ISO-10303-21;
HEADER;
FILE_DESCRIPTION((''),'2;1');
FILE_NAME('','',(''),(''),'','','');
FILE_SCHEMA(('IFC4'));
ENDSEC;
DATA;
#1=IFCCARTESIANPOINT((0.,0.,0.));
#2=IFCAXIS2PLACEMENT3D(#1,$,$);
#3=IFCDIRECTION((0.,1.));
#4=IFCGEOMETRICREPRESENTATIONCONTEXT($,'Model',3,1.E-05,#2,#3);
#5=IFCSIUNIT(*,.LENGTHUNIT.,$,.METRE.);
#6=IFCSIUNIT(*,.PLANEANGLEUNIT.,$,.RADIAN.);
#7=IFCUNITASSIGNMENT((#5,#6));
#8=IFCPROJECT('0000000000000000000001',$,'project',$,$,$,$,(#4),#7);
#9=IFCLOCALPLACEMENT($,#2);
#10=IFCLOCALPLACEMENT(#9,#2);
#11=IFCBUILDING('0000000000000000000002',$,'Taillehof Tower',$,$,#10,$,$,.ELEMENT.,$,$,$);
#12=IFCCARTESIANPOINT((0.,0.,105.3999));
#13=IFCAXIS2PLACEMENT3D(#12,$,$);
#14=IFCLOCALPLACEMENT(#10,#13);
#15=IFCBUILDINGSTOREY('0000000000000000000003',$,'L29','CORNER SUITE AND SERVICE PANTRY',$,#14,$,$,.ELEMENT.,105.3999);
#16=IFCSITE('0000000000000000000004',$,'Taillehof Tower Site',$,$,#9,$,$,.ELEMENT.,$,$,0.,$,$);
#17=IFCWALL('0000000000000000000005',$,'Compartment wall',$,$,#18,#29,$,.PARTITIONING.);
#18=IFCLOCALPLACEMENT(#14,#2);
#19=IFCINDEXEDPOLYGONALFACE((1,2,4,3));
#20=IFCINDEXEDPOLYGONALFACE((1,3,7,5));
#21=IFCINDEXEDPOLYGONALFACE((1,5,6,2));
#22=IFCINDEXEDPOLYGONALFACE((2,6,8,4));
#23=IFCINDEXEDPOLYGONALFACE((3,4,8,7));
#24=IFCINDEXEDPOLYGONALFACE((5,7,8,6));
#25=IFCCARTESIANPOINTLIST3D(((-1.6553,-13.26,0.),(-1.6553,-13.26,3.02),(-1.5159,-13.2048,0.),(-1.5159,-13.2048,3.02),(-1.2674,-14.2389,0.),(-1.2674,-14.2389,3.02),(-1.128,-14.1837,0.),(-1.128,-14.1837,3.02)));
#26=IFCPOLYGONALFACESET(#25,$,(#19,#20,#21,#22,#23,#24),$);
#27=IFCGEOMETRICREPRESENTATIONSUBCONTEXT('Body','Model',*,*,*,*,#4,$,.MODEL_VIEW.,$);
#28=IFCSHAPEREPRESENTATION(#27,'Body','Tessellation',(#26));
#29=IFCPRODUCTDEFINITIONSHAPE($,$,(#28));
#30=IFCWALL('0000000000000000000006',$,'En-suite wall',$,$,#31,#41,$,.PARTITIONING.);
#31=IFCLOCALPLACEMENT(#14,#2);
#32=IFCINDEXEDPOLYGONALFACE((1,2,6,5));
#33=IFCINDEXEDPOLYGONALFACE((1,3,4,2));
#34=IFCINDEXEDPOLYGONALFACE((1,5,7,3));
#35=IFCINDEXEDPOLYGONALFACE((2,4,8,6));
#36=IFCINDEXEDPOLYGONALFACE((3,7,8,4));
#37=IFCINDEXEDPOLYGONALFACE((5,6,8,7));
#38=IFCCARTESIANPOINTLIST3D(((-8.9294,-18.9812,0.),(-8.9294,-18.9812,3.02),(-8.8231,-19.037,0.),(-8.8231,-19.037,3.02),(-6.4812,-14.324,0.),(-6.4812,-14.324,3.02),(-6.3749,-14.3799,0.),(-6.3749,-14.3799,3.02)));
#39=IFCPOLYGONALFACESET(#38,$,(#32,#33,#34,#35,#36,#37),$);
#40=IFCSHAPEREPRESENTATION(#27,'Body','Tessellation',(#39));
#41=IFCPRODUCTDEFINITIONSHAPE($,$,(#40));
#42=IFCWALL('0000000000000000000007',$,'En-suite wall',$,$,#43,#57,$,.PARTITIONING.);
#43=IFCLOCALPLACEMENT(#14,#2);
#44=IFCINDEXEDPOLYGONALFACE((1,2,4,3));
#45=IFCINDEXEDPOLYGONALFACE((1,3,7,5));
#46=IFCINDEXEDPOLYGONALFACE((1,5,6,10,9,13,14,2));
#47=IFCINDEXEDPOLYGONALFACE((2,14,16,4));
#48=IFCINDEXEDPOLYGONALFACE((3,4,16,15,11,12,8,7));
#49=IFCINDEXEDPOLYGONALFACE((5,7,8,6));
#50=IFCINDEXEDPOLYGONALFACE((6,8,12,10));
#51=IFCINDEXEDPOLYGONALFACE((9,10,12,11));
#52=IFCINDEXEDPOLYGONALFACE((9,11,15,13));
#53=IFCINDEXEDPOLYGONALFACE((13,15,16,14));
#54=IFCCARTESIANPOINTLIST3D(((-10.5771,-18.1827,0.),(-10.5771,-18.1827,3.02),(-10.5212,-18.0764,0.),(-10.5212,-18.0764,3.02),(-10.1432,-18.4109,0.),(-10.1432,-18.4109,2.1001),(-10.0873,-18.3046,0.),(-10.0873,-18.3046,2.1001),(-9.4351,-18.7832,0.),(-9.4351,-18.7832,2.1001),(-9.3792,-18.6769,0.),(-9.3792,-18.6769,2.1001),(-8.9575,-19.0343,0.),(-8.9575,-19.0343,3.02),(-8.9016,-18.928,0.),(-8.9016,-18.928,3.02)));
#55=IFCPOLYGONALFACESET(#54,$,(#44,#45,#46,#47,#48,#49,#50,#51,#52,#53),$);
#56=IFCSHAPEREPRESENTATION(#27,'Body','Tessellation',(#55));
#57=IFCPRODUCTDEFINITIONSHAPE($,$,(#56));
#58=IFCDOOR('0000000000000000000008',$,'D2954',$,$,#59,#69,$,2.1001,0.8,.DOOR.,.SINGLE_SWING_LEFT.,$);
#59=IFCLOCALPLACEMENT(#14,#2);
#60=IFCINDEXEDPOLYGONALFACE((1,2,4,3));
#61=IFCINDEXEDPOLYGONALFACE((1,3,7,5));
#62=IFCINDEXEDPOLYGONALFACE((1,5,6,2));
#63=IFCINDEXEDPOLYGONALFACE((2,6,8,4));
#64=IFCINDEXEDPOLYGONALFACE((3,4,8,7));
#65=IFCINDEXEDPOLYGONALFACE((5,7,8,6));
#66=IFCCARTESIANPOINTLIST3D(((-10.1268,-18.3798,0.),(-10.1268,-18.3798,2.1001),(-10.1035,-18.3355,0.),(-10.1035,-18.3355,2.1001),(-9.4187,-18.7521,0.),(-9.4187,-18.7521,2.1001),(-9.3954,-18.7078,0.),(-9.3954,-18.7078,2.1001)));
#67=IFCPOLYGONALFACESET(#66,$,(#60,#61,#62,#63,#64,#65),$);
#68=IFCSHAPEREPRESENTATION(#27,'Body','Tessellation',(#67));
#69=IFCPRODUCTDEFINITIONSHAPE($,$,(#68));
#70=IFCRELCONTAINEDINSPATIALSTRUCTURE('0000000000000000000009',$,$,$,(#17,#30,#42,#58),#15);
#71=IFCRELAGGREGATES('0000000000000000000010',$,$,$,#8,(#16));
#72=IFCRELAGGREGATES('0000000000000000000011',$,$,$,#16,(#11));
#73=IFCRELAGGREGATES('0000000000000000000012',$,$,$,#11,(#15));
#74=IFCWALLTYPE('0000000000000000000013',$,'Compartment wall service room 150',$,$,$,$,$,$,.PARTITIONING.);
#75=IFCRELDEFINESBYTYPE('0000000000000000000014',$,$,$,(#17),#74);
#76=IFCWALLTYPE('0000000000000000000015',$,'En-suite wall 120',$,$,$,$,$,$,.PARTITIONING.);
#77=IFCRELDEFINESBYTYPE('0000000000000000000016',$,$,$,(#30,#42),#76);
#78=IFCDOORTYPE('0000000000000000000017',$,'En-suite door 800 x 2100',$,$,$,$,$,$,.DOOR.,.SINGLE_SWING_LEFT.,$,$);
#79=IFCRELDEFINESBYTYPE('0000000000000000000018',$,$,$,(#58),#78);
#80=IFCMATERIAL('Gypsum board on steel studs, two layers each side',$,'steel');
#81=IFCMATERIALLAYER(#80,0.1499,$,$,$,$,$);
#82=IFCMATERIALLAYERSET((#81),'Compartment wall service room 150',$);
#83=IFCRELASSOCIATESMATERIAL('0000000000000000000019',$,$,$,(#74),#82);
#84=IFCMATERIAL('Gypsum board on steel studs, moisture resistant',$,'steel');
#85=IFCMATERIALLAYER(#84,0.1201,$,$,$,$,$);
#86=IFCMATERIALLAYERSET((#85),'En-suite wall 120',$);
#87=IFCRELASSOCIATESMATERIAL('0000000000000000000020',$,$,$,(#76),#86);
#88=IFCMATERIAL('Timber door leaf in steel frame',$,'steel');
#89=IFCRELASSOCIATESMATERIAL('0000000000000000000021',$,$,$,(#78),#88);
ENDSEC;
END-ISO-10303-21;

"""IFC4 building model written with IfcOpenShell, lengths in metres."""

from ifc_helpers import new_model, si_unit, direction, frame, frame_2d, origin, place, context, subcontext, project, spatial, rectangle, extrude, material, layer, layer_set, type_object, element, fill, save


model = new_model("IFC4")

# Units and contexts
model_context = context("Model", 3, precision=1e-05, world=origin(), true_north=direction((0.0, 1.0)))
body_context = subcontext(model_context, "Body", "Model", "MODEL_VIEW")
ifc_project = project(units=[si_unit("LENGTHUNIT", "METRE"), si_unit("PLANEANGLEUNIT", "RADIAN")], contexts=[model_context])

# Site, building, storey
site_placement = place(None, origin())
site = spatial("IfcSite", under=ifc_project, at=site_placement, Name="Taillehof Tower Site", CompositionType="ELEMENT", RefElevation=0.0)
building_placement = place(site_placement, origin())
building = spatial("IfcBuilding", under=site, at=building_placement, Name="Taillehof Tower", CompositionType="ELEMENT")
storey_placement = place(building_placement, frame((0.0, 0.0, 105.3999)))
storey = spatial("IfcBuildingStorey", under=building, at=storey_placement, Name="L29", Description="CORNER SUITE AND SERVICE PANTRY", CompositionType="ELEMENT", Elevation=105.3999)

# Walls
ifc_material_1 = material(Name="Gypsum board on steel studs, two layers each side", Category="steel")
ifc_layer_1 = layer(ifc_material_1, 0.1499)
ifc_layer_set_1 = layer_set([ifc_layer_1], Name="Compartment wall service room 150")
wall_type_1 = type_object("IfcWallType", Name="Compartment wall service room 150", PredefinedType="PARTITIONING", material=ifc_layer_set_1)
wall_1_placement = place(storey_placement, frame((-1.1978, -14.2112, 0.0), z_axis=(0.0, 0.0, 1.0), x_axis=(-0.368391, 0.929671, 0.0)))
element("IfcWall", 1, at=wall_1_placement, inside=storey, type_object=wall_type_1, Name="Compartment wall", PredefinedType="PARTITIONING", context=body_context, shape_type="SweptSolid", body=[
    extrude(rectangle(XDim=1.053, YDim=0.1499, at=frame_2d((0.5264, 0.0))), origin(), (0.0, 0.0, 1.0), 3.02),
])
ifc_material_2 = material(Name="Gypsum board on steel studs, moisture resistant", Category="steel")
ifc_layer_2 = layer(ifc_material_2, 0.1201)
ifc_layer_set_2 = layer_set([ifc_layer_2], Name="En-suite wall 120")
wall_type_2 = type_object("IfcWallType", Name="En-suite wall 120", PredefinedType="PARTITIONING", material=ifc_layer_set_2)
wall_2_placement = place(storey_placement, frame((-6.428, -14.3518, 0.0), z_axis=(0.0, 0.0, 1.0), x_axis=(-0.46531, -0.885148, 0.0)))
element("IfcWall", 2, at=wall_2_placement, inside=storey, type_object=wall_type_2, Name="En-suite wall", PredefinedType="PARTITIONING", context=body_context, shape_type="SweptSolid", body=[
    extrude(rectangle(XDim=5.2615, YDim=0.1201, at=frame_2d((2.6309, 0.0))), origin(), (0.0, 0.0, 1.0), 3.02),
])

# Wall, opening, door
wall_3_placement = place(storey_placement, frame((-8.9294, -18.9812, 0.0), z_axis=(0.0, 0.0, 1.0), x_axis=(-0.885115, 0.465372, 0.0)))
wall_3 = element("IfcWall", 3, at=wall_3_placement, inside=storey, type_object=wall_type_2, Name="En-suite wall", PredefinedType="PARTITIONING", context=body_context, shape_type="SweptSolid", body=[
    extrude(rectangle(XDim=1.8298, YDim=0.1201, at=frame_2d((0.915, 0.0))), origin(), (0.0, 0.0, 1.0), 3.02),
])
opening_1_placement = place(wall_3_placement, frame((0.5398, 0.0, 0.0)))
opening_1 = element("IfcOpeningElement", 4, at=opening_1_placement, cuts=wall_3, PredefinedType="OPENING", context=body_context, shape_type="SweptSolid", body=[
    extrude(rectangle(XDim=0.8, YDim=2.1001, at=frame_2d((0.3999, 1.05))), frame((0.0, 0.0701, 0.0), z_axis=(0.0, -1.0, 0.0), x_axis=(1.0, 0.0, 0.0)), (0.0, 0.0, 1.0), 0.1401),
])
ifc_material_3 = material(Name="Timber door leaf in steel frame", Category="steel")
door_type_1 = type_object("IfcDoorType", Name="En-suite door 800 x 2100", OperationType="SINGLE_SWING_LEFT", PredefinedType="DOOR", material=ifc_material_3)
door_1_placement = place(opening_1_placement, origin())
door_1 = element("IfcDoor", 5, at=door_1_placement, inside=storey, type_object=door_type_1, Name="D2954", OperationType="SINGLE_SWING_LEFT", OverallHeight=2.1001, OverallWidth=0.8, PredefinedType="DOOR", context=body_context, shape_type="SweptSolid", body=[
    extrude(rectangle(XDim=0.8, YDim=2.1001, at=frame_2d((0.3999, 1.05))), frame((0.0, 0.0249, 0.0), z_axis=(0.0, -1.0, 0.0), x_axis=(1.0, 0.0, 0.0)), (0.0, 0.0, 1.0), 0.05),
])
fill(opening_1, door_1)

save(model, "model.ifc")
